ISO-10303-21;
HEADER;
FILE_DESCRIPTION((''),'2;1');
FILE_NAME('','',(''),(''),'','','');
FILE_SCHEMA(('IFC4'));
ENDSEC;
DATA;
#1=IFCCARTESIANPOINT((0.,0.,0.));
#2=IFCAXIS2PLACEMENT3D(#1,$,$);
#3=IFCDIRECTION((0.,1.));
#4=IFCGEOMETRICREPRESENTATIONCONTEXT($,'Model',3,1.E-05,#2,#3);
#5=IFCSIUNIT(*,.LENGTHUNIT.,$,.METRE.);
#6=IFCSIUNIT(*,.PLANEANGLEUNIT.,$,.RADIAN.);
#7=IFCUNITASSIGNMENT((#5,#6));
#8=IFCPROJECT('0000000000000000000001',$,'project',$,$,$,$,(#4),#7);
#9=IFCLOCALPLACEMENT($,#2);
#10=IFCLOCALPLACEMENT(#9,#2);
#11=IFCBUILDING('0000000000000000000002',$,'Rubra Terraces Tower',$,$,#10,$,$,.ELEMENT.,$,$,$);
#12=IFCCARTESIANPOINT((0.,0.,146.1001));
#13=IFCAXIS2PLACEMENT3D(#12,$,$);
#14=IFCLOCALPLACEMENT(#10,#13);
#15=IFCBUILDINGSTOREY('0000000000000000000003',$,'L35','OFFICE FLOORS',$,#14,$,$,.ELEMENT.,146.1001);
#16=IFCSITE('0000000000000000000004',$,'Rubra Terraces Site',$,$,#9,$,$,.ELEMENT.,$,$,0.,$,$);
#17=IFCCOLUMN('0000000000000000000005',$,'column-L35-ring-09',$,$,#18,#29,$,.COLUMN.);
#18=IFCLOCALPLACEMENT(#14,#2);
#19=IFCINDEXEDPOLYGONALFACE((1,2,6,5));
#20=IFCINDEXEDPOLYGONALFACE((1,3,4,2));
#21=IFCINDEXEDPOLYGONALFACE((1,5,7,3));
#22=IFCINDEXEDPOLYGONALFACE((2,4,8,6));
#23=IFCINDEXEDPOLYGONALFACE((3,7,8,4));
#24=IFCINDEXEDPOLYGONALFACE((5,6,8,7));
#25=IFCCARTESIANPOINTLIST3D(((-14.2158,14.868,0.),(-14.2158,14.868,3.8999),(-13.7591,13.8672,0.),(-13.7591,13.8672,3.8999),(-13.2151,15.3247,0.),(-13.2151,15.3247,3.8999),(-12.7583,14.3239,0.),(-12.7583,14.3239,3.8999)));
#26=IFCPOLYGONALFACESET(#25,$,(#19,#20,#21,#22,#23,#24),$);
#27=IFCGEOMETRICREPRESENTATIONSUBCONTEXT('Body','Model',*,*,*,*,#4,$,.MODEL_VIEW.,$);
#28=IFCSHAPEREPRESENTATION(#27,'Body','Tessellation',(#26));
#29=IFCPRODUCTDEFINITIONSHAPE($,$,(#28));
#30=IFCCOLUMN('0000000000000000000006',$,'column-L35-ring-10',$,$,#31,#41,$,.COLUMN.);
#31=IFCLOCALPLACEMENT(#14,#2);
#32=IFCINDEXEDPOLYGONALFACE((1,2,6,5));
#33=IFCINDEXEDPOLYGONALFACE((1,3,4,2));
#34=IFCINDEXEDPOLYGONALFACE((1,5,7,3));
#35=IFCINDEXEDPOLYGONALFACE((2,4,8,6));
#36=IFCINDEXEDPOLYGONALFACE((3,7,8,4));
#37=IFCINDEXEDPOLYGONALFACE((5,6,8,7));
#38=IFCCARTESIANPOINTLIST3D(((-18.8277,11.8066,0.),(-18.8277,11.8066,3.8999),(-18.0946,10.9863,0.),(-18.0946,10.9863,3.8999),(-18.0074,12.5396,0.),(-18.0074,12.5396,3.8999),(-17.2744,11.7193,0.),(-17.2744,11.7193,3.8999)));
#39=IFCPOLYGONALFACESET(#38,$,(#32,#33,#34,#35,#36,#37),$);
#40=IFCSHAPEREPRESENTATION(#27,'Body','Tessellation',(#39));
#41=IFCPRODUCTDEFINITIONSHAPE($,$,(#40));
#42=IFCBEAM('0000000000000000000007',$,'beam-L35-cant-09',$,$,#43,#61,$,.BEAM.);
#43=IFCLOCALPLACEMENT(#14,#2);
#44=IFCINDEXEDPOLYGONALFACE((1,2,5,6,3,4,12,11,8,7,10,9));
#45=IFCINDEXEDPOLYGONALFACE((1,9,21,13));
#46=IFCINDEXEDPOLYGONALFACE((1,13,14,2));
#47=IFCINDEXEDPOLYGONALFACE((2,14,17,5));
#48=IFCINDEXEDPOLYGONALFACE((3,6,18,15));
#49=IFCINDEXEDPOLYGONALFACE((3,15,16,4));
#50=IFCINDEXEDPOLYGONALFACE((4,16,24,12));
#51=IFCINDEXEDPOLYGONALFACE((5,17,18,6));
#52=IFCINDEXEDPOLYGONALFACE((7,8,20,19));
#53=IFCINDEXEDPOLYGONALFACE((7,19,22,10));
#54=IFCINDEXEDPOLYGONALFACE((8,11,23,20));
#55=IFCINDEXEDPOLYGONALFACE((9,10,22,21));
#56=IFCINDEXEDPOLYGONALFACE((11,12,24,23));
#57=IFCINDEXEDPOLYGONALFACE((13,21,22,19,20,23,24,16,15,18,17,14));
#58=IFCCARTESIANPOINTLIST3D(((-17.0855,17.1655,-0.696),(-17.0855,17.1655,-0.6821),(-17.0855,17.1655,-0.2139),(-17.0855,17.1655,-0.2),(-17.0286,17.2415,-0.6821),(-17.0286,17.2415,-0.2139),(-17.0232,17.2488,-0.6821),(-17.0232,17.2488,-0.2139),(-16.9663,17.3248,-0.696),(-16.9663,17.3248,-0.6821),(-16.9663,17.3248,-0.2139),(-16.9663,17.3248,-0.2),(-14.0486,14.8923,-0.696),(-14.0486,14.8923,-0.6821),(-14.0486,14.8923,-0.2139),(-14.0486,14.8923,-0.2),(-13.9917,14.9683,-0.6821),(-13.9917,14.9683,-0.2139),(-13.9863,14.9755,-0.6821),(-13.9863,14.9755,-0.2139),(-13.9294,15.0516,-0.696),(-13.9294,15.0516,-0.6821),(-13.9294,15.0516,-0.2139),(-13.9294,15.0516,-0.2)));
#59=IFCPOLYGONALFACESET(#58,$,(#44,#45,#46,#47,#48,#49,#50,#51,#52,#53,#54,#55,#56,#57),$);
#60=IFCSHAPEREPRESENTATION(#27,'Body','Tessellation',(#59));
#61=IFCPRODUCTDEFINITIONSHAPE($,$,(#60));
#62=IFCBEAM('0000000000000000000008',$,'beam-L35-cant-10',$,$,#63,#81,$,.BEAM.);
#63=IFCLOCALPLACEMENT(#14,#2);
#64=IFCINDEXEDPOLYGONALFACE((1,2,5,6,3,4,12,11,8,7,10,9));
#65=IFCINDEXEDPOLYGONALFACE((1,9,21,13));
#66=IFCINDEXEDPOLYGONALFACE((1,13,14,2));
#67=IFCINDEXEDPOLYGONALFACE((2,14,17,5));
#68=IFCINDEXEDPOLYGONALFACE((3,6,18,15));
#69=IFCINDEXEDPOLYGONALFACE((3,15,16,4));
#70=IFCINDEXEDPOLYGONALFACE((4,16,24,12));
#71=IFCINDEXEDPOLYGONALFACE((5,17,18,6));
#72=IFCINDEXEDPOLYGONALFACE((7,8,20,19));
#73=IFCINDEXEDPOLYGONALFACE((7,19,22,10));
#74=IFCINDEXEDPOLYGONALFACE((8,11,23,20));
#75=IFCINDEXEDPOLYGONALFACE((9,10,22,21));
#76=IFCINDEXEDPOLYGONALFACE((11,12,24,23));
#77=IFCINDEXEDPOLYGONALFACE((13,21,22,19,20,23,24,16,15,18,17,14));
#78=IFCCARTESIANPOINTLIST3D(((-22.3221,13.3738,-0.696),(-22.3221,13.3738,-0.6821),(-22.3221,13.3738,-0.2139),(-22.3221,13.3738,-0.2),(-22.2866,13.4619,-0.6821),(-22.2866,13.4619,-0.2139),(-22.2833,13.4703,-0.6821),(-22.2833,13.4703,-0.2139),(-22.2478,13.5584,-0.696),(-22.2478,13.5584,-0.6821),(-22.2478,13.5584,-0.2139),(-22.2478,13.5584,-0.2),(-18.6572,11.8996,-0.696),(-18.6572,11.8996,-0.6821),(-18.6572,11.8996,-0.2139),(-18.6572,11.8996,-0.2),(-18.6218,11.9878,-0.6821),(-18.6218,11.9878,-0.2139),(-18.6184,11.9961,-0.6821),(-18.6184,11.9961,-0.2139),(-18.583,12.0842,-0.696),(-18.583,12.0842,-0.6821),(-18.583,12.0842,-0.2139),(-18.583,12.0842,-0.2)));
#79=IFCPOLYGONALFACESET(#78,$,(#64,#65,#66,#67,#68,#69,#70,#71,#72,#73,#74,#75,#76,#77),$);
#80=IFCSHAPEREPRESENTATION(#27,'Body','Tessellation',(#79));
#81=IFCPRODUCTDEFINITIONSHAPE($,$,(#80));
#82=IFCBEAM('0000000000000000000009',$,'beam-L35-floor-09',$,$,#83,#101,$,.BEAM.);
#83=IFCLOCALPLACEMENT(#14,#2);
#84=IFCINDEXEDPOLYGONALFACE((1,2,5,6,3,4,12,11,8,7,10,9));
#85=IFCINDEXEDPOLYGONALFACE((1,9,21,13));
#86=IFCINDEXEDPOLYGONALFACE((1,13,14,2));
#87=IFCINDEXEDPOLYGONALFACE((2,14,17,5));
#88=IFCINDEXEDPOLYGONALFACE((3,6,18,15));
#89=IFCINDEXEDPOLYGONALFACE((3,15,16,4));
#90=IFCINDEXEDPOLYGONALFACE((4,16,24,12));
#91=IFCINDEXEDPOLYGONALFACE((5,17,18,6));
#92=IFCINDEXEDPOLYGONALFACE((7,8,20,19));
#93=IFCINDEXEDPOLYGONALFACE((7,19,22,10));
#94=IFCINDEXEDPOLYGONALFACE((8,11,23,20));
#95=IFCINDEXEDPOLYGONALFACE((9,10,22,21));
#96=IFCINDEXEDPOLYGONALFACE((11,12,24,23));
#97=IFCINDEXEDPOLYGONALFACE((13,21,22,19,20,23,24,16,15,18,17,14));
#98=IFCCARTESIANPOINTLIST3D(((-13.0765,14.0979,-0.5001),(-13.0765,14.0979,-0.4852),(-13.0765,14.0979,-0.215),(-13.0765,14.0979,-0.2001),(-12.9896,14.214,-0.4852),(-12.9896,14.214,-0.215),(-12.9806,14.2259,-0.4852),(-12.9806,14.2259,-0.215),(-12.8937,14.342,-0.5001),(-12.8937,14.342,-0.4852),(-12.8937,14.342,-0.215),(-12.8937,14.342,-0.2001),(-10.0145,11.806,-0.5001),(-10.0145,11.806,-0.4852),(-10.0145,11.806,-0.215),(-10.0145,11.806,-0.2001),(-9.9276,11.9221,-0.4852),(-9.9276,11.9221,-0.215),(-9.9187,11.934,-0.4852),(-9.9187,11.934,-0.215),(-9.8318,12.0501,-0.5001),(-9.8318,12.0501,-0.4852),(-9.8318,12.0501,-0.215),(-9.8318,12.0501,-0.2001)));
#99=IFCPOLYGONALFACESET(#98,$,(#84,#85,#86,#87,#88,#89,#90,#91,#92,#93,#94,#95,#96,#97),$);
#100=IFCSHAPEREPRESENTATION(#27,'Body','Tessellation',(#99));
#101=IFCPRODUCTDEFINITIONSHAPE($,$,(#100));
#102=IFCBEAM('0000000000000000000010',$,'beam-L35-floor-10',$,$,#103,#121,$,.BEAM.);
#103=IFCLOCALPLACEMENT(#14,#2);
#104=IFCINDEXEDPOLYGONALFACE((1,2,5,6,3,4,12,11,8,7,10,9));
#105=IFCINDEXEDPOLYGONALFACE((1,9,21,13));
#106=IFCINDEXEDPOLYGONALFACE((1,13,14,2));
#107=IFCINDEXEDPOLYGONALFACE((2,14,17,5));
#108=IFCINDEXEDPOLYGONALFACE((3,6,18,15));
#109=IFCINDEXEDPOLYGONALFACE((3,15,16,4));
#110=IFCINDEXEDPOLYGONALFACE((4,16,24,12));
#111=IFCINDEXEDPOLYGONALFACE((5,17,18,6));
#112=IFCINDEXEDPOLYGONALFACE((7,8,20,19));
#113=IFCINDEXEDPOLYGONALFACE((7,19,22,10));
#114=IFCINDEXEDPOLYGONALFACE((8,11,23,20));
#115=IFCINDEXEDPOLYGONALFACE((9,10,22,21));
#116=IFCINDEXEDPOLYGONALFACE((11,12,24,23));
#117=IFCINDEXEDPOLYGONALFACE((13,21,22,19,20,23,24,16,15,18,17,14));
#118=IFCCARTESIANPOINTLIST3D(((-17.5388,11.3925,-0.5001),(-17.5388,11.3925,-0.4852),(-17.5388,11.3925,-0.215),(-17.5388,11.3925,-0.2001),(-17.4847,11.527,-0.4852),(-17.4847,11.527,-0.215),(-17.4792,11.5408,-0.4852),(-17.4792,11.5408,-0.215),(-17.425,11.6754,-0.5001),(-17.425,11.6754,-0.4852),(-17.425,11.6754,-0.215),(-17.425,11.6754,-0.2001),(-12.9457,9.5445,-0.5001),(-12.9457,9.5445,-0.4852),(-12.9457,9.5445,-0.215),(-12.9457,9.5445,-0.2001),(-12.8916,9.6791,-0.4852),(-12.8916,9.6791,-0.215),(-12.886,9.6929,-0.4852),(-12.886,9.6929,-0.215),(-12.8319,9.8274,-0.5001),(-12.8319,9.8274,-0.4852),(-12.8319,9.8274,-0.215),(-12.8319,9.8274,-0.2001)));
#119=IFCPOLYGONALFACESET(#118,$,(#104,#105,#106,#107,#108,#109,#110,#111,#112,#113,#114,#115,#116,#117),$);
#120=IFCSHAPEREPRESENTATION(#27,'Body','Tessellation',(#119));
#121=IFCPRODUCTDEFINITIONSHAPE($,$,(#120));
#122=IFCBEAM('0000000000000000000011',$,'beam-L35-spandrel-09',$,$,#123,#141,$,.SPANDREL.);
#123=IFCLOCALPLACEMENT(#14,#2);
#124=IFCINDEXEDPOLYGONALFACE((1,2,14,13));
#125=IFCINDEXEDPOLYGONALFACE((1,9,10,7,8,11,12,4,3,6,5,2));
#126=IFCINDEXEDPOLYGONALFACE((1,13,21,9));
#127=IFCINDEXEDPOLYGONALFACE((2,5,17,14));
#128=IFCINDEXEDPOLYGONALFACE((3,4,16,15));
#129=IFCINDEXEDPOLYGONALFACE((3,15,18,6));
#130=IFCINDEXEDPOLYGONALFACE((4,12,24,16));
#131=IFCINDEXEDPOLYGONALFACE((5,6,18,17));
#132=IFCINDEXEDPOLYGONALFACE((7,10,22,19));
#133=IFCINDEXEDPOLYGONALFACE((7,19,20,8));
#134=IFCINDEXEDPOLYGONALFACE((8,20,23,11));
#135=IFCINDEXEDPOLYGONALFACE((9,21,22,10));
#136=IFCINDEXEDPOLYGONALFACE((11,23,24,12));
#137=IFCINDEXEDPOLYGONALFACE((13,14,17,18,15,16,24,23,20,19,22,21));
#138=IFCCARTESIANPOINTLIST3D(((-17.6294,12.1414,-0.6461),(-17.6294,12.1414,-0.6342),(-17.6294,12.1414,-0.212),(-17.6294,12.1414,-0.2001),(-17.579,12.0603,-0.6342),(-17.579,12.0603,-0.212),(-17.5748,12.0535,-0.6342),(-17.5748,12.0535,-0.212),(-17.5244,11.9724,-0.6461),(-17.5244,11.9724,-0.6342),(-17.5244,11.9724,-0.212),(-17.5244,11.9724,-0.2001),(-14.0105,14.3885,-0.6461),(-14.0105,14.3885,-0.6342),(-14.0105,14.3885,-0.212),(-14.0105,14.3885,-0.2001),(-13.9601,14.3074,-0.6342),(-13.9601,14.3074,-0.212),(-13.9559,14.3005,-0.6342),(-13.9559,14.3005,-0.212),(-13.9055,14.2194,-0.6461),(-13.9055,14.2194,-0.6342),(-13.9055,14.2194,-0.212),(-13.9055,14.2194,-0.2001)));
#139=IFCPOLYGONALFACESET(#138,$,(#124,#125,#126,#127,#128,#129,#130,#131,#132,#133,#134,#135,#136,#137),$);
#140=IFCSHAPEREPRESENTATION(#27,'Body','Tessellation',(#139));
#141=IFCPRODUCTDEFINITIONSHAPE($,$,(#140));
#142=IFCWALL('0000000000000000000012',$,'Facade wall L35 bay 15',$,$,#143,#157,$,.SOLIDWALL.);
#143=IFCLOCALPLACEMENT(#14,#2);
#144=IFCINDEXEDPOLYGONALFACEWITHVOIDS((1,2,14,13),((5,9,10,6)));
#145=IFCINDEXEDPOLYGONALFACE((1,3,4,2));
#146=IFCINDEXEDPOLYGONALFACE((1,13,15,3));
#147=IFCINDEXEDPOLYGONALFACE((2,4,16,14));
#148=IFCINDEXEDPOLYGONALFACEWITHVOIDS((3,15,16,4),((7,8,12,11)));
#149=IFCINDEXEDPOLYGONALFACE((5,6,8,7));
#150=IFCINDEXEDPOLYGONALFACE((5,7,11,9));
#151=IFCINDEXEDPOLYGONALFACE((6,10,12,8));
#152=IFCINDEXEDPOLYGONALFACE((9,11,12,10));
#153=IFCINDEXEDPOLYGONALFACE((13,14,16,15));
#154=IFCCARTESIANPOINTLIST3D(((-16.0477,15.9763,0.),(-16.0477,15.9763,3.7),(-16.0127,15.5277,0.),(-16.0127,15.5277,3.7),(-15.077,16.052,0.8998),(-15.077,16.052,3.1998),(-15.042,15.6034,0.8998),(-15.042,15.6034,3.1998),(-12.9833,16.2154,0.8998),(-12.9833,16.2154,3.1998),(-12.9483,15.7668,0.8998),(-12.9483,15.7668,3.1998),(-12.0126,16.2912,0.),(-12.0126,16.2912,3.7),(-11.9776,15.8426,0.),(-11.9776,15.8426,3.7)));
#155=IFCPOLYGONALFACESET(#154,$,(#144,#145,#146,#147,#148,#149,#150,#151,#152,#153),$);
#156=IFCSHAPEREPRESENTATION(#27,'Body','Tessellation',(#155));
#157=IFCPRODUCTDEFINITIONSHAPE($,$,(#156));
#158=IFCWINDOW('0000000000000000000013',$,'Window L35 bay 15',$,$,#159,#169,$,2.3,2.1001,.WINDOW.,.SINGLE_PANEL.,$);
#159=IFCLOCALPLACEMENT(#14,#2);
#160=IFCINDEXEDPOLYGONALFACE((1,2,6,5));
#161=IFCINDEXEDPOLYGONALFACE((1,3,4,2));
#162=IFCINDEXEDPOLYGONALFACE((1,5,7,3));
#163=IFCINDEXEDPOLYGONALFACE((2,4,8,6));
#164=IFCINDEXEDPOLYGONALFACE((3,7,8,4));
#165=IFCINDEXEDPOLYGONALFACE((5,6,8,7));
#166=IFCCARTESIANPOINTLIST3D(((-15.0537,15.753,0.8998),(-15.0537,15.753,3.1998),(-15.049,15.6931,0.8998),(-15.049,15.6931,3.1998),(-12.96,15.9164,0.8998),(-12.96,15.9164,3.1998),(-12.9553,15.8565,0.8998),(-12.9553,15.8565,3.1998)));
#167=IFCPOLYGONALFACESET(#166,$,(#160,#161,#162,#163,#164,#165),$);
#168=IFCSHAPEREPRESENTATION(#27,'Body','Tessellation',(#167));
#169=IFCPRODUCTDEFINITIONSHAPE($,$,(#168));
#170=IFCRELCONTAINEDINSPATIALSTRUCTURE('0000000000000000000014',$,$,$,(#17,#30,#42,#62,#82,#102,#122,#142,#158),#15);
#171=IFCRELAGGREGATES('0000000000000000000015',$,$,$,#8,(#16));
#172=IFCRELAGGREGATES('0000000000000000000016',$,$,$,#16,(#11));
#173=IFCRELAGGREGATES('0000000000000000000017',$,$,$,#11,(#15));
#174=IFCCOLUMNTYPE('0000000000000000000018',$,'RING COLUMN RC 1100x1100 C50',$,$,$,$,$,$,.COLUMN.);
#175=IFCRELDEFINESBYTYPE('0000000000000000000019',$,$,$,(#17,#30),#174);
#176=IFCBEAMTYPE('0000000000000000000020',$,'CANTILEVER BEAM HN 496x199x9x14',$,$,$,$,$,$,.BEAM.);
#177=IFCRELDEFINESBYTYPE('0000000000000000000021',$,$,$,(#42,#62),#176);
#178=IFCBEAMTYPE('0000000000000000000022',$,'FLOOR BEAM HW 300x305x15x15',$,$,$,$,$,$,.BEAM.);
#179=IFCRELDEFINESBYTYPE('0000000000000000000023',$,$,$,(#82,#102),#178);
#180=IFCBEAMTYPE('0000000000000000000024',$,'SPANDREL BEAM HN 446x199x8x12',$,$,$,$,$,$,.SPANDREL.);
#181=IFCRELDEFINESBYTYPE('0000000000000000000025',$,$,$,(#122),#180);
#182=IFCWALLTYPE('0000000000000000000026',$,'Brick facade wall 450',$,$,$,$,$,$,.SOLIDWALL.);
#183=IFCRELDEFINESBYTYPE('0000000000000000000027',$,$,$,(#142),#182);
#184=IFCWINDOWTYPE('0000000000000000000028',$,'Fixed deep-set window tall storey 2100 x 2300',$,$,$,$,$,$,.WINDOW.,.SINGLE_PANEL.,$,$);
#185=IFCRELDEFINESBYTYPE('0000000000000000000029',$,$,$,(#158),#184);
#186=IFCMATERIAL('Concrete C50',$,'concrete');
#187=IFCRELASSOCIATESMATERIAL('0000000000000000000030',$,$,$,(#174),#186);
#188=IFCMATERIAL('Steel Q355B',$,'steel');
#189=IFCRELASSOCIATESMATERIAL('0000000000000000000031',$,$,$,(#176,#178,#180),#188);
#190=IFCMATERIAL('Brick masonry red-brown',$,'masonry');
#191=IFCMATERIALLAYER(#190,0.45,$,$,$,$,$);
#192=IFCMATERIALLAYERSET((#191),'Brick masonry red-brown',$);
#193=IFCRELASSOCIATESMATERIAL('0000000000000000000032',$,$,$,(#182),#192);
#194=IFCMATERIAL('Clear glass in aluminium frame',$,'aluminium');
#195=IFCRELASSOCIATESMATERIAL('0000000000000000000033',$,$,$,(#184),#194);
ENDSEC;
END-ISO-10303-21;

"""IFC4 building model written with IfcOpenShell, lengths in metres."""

from ifc_helpers import new_model, si_unit, direction, frame, frame_2d, origin, origin_2d, place, context, subcontext, project, spatial, rectangle, i_section, extrude, material, layer, layer_set, material_profile, profile_set, type_object, element, fill, save


model = new_model("IFC4")

# Units and contexts
model_context = context("Model", 3, precision=1e-05, world=origin(), true_north=direction((0.0, 1.0)))
body_context = subcontext(model_context, "Body", "Model", "MODEL_VIEW")
ifc_project = project(units=[si_unit("LENGTHUNIT", "METRE"), si_unit("PLANEANGLEUNIT", "RADIAN")], contexts=[model_context])

# Site, building, storey
site_placement = place(None, origin())
site = spatial("IfcSite", under=ifc_project, at=site_placement, Name="Rubra Terraces Site", CompositionType="ELEMENT", RefElevation=0.0)
building_placement = place(site_placement, origin())
building = spatial("IfcBuilding", under=site, at=building_placement, Name="Rubra Terraces Tower", CompositionType="ELEMENT")
storey_placement = place(building_placement, frame((0.0, 0.0, 146.1001)))
storey = spatial("IfcBuildingStorey", under=building, at=storey_placement, Name="L35", Description="OFFICE FLOORS", CompositionType="ELEMENT", Elevation=146.1001)

# Columns
ifc_material_1 = material(Name="Concrete C50", Category="concrete")
ifc_material_profile_1 = material_profile(ifc_material_1, rectangle(XDim=1.1001, YDim=1.1001, at=origin_2d()), Name="RC 1100x1100")
ifc_profile_set_1 = profile_set([ifc_material_profile_1], Name="Concrete C50")
column_type = type_object("IfcColumnType", Name="RING COLUMN RC 1100x1100 C50", PredefinedType="COLUMN", material=ifc_profile_set_1)
for number, where, z_axis, x_axis, name in (
    (1, (-13.4871, 14.5959, 0.0), (0.0, 0.0, 1.0), (-0.909726, -0.415208, 0.0), "column-L35-ring-09"),
    (2, (-18.051, 11.7629, 0.0), (0.0, 0.0, 1.0), (-0.745642, -0.666347, 0.0), "column-L35-ring-10"),
):
    element("IfcColumn", number, at=place(storey_placement, frame(where, z_axis=z_axis, x_axis=x_axis)), inside=storey, type_object=column_type, Name=name, PredefinedType="COLUMN", context=body_context, shape_type="SweptSolid", body=[
        extrude(rectangle(XDim=1.1001, YDim=1.1001, at=origin_2d()), origin(), (0.0, 0.0, 1.0), 3.8999),
    ])

# Beams
ifc_material_2 = material(Name="Steel Q355B", Category="steel")
ifc_material_profile_2 = material_profile(ifc_material_2, i_section(OverallWidth=0.199, OverallDepth=0.4961, WebThickness=0.009, FlangeThickness=0.0139, at=origin_2d()), Name="HN 496x199x9x14")
ifc_profile_set_2 = profile_set([ifc_material_profile_2], Name="Steel Q355B")
beam_type_1 = type_object("IfcBeamType", Name="CANTILEVER BEAM HN 496x199x9x14", PredefinedType="BEAM", material=ifc_profile_set_2)
beam_1_placement = place(storey_placement, frame((-13.989, 14.9719, -0.448), z_axis=(-0.800563, 0.599248, 0.0), x_axis=(-0.599248, -0.800563, 0.0)))
element("IfcBeam", 3, at=beam_1_placement, inside=storey, type_object=beam_type_1, Name="beam-L35-cant-09", PredefinedType="BEAM", context=body_context, shape_type="SweptSolid", body=[
    extrude(i_section(OverallWidth=0.199, OverallDepth=0.4961, WebThickness=0.009, FlangeThickness=0.0139, at=origin_2d()), origin(), (0.0, 0.0, 1.0), 3.7935),
])
beam_2_placement = place(storey_placement, frame((-18.6201, 11.9919, -0.448), z_axis=(-0.927759, 0.37318, 0.0), x_axis=(-0.37318, -0.927759, 0.0)))
element("IfcBeam", 4, at=beam_2_placement, inside=storey, type_object=beam_type_1, Name="beam-L35-cant-10", PredefinedType="BEAM", context=body_context, shape_type="SweptSolid", body=[
    extrude(i_section(OverallWidth=0.199, OverallDepth=0.4961, WebThickness=0.009, FlangeThickness=0.0139, at=origin_2d()), origin(), (0.0, 0.0, 1.0), 3.9502),
])
ifc_material_profile_3 = material_profile(ifc_material_2, i_section(OverallWidth=0.3049, OverallDepth=0.3, WebThickness=0.0149, FlangeThickness=0.0149, at=origin_2d()), Name="HW 300x305x15x15")
ifc_profile_set_3 = profile_set([ifc_material_profile_3], Name="Steel Q355B")
beam_type_2 = type_object("IfcBeamType", Name="FLOOR BEAM HW 300x305x15x15", PredefinedType="BEAM", material=ifc_profile_set_3)
beam_3_placement = place(storey_placement, frame((-12.9851, 14.22, -0.3501), z_axis=(0.800566, -0.599244, 0.0), x_axis=(0.599244, 0.800566, 0.0)))
element("IfcBeam", 5, at=beam_3_placement, inside=storey, type_object=beam_type_2, Name="beam-L35-floor-09", PredefinedType="BEAM", context=body_context, shape_type="SweptSolid", body=[
    extrude(i_section(OverallWidth=0.3049, OverallDepth=0.3, WebThickness=0.0149, FlangeThickness=0.0149, at=origin_2d()), origin(), (0.0, 0.0, 1.0), 3.8247),
])
beam_4_placement = place(storey_placement, frame((-17.4819, 11.5339, -0.3501), z_axis=(0.92773, -0.373252, 0.0), x_axis=(0.373252, 0.92773, 0.0)))
element("IfcBeam", 6, at=beam_4_placement, inside=storey, type_object=beam_type_2, Name="beam-L35-floor-10", PredefinedType="BEAM", context=body_context, shape_type="SweptSolid", body=[
    extrude(i_section(OverallWidth=0.3049, OverallDepth=0.3, WebThickness=0.0149, FlangeThickness=0.0149, at=origin_2d()), origin(), (0.0, 0.0, 1.0), 4.9509),
])
ifc_material_profile_4 = material_profile(ifc_material_2, i_section(OverallWidth=0.199, OverallDepth=0.446, WebThickness=0.0081, FlangeThickness=0.012, at=origin_2d()), Name="HN 446x199x8x12")
ifc_profile_set_4 = profile_set([ifc_material_profile_4], Name="Steel Q355B")
beam_type_3 = type_object("IfcBeamType", Name="SPANDREL BEAM HN 446x199x8x12", PredefinedType="SPANDREL", material=ifc_profile_set_4)
beam_5_placement = place(storey_placement, frame((-13.958, 14.304, -0.4231), z_axis=(-0.84955, -0.527508, 0.0), x_axis=(0.527508, -0.84955, 0.0)))
element("IfcBeam", 7, at=beam_5_placement, inside=storey, type_object=beam_type_3, Name="beam-L35-spandrel-09", PredefinedType="SPANDREL", context=body_context, shape_type="SweptSolid", body=[
    extrude(i_section(OverallWidth=0.199, OverallDepth=0.446, WebThickness=0.0081, FlangeThickness=0.012, at=origin_2d()), origin(), (0.0, 0.0, 1.0), 4.2598),
])

# Wall, opening, window
ifc_material_3 = material(Name="Brick masonry red-brown", Category="masonry")
ifc_layer_1 = layer(ifc_material_3, 0.45)
ifc_layer_set_1 = layer_set([ifc_layer_1], Name="Brick masonry red-brown")
wall_type_1 = type_object("IfcWallType", Name="Brick facade wall 450", PredefinedType="SOLIDWALL", material=ifc_layer_set_1)
wall_1_placement = place(storey_placement, frame((-11.9951, 16.0669, 0.0), z_axis=(0.0, 0.0, 1.0), x_axis=(-0.996968, -0.077813, 0.0)))
wall_1 = element("IfcWall", 8, at=wall_1_placement, inside=storey, type_object=wall_type_1, Name="Facade wall L35 bay 15", PredefinedType="SOLIDWALL", context=body_context, shape_type="SweptSolid", body=[
    extrude(rectangle(XDim=4.0474, YDim=0.45, at=frame_2d((2.0237, 0.0))), origin(), (0.0, 0.0, 1.0), 3.7),
])
opening_1_placement = place(wall_1_placement, frame((0.9736, 0.0, 0.8999)))
opening_1 = element("IfcOpeningElement", 9, at=opening_1_placement, cuts=wall_1, PredefinedType="OPENING", context=body_context, shape_type="SweptSolid", body=[
    extrude(rectangle(XDim=2.1001, YDim=2.3, at=frame_2d((1.05, 1.1499))), frame((0.0, 0.2349, 0.0), z_axis=(0.0, -1.0, 0.0), x_axis=(1.0, 0.0, 0.0)), (0.0, 0.0, 1.0), 0.47),
])
ifc_material_4 = material(Name="Clear glass in aluminium frame", Category="aluminium")
window_type_1 = type_object("IfcWindowType", Name="Fixed deep-set window tall storey 2100 x 2300", PartitioningType="SINGLE_PANEL", PredefinedType="WINDOW", material=ifc_material_4)
window_1_placement = place(opening_1_placement, origin())
window_1 = element("IfcWindow", 10, at=window_1_placement, inside=storey, type_object=window_type_1, Name="Window L35 bay 15", OverallHeight=2.3, OverallWidth=2.1001, PartitioningType="SINGLE_PANEL", PredefinedType="WINDOW", context=body_context, shape_type="SweptSolid", body=[
    extrude(rectangle(XDim=2.1001, YDim=2.3, at=frame_2d((1.05, 1.1499))), frame((0.0, 0.135, 0.0), z_axis=(0.0, -1.0, 0.0), x_axis=(1.0, 0.0, 0.0)), (0.0, 0.0, 1.0), 0.0601),
])
fill(opening_1, window_1)

save(model, "model.ifc")
